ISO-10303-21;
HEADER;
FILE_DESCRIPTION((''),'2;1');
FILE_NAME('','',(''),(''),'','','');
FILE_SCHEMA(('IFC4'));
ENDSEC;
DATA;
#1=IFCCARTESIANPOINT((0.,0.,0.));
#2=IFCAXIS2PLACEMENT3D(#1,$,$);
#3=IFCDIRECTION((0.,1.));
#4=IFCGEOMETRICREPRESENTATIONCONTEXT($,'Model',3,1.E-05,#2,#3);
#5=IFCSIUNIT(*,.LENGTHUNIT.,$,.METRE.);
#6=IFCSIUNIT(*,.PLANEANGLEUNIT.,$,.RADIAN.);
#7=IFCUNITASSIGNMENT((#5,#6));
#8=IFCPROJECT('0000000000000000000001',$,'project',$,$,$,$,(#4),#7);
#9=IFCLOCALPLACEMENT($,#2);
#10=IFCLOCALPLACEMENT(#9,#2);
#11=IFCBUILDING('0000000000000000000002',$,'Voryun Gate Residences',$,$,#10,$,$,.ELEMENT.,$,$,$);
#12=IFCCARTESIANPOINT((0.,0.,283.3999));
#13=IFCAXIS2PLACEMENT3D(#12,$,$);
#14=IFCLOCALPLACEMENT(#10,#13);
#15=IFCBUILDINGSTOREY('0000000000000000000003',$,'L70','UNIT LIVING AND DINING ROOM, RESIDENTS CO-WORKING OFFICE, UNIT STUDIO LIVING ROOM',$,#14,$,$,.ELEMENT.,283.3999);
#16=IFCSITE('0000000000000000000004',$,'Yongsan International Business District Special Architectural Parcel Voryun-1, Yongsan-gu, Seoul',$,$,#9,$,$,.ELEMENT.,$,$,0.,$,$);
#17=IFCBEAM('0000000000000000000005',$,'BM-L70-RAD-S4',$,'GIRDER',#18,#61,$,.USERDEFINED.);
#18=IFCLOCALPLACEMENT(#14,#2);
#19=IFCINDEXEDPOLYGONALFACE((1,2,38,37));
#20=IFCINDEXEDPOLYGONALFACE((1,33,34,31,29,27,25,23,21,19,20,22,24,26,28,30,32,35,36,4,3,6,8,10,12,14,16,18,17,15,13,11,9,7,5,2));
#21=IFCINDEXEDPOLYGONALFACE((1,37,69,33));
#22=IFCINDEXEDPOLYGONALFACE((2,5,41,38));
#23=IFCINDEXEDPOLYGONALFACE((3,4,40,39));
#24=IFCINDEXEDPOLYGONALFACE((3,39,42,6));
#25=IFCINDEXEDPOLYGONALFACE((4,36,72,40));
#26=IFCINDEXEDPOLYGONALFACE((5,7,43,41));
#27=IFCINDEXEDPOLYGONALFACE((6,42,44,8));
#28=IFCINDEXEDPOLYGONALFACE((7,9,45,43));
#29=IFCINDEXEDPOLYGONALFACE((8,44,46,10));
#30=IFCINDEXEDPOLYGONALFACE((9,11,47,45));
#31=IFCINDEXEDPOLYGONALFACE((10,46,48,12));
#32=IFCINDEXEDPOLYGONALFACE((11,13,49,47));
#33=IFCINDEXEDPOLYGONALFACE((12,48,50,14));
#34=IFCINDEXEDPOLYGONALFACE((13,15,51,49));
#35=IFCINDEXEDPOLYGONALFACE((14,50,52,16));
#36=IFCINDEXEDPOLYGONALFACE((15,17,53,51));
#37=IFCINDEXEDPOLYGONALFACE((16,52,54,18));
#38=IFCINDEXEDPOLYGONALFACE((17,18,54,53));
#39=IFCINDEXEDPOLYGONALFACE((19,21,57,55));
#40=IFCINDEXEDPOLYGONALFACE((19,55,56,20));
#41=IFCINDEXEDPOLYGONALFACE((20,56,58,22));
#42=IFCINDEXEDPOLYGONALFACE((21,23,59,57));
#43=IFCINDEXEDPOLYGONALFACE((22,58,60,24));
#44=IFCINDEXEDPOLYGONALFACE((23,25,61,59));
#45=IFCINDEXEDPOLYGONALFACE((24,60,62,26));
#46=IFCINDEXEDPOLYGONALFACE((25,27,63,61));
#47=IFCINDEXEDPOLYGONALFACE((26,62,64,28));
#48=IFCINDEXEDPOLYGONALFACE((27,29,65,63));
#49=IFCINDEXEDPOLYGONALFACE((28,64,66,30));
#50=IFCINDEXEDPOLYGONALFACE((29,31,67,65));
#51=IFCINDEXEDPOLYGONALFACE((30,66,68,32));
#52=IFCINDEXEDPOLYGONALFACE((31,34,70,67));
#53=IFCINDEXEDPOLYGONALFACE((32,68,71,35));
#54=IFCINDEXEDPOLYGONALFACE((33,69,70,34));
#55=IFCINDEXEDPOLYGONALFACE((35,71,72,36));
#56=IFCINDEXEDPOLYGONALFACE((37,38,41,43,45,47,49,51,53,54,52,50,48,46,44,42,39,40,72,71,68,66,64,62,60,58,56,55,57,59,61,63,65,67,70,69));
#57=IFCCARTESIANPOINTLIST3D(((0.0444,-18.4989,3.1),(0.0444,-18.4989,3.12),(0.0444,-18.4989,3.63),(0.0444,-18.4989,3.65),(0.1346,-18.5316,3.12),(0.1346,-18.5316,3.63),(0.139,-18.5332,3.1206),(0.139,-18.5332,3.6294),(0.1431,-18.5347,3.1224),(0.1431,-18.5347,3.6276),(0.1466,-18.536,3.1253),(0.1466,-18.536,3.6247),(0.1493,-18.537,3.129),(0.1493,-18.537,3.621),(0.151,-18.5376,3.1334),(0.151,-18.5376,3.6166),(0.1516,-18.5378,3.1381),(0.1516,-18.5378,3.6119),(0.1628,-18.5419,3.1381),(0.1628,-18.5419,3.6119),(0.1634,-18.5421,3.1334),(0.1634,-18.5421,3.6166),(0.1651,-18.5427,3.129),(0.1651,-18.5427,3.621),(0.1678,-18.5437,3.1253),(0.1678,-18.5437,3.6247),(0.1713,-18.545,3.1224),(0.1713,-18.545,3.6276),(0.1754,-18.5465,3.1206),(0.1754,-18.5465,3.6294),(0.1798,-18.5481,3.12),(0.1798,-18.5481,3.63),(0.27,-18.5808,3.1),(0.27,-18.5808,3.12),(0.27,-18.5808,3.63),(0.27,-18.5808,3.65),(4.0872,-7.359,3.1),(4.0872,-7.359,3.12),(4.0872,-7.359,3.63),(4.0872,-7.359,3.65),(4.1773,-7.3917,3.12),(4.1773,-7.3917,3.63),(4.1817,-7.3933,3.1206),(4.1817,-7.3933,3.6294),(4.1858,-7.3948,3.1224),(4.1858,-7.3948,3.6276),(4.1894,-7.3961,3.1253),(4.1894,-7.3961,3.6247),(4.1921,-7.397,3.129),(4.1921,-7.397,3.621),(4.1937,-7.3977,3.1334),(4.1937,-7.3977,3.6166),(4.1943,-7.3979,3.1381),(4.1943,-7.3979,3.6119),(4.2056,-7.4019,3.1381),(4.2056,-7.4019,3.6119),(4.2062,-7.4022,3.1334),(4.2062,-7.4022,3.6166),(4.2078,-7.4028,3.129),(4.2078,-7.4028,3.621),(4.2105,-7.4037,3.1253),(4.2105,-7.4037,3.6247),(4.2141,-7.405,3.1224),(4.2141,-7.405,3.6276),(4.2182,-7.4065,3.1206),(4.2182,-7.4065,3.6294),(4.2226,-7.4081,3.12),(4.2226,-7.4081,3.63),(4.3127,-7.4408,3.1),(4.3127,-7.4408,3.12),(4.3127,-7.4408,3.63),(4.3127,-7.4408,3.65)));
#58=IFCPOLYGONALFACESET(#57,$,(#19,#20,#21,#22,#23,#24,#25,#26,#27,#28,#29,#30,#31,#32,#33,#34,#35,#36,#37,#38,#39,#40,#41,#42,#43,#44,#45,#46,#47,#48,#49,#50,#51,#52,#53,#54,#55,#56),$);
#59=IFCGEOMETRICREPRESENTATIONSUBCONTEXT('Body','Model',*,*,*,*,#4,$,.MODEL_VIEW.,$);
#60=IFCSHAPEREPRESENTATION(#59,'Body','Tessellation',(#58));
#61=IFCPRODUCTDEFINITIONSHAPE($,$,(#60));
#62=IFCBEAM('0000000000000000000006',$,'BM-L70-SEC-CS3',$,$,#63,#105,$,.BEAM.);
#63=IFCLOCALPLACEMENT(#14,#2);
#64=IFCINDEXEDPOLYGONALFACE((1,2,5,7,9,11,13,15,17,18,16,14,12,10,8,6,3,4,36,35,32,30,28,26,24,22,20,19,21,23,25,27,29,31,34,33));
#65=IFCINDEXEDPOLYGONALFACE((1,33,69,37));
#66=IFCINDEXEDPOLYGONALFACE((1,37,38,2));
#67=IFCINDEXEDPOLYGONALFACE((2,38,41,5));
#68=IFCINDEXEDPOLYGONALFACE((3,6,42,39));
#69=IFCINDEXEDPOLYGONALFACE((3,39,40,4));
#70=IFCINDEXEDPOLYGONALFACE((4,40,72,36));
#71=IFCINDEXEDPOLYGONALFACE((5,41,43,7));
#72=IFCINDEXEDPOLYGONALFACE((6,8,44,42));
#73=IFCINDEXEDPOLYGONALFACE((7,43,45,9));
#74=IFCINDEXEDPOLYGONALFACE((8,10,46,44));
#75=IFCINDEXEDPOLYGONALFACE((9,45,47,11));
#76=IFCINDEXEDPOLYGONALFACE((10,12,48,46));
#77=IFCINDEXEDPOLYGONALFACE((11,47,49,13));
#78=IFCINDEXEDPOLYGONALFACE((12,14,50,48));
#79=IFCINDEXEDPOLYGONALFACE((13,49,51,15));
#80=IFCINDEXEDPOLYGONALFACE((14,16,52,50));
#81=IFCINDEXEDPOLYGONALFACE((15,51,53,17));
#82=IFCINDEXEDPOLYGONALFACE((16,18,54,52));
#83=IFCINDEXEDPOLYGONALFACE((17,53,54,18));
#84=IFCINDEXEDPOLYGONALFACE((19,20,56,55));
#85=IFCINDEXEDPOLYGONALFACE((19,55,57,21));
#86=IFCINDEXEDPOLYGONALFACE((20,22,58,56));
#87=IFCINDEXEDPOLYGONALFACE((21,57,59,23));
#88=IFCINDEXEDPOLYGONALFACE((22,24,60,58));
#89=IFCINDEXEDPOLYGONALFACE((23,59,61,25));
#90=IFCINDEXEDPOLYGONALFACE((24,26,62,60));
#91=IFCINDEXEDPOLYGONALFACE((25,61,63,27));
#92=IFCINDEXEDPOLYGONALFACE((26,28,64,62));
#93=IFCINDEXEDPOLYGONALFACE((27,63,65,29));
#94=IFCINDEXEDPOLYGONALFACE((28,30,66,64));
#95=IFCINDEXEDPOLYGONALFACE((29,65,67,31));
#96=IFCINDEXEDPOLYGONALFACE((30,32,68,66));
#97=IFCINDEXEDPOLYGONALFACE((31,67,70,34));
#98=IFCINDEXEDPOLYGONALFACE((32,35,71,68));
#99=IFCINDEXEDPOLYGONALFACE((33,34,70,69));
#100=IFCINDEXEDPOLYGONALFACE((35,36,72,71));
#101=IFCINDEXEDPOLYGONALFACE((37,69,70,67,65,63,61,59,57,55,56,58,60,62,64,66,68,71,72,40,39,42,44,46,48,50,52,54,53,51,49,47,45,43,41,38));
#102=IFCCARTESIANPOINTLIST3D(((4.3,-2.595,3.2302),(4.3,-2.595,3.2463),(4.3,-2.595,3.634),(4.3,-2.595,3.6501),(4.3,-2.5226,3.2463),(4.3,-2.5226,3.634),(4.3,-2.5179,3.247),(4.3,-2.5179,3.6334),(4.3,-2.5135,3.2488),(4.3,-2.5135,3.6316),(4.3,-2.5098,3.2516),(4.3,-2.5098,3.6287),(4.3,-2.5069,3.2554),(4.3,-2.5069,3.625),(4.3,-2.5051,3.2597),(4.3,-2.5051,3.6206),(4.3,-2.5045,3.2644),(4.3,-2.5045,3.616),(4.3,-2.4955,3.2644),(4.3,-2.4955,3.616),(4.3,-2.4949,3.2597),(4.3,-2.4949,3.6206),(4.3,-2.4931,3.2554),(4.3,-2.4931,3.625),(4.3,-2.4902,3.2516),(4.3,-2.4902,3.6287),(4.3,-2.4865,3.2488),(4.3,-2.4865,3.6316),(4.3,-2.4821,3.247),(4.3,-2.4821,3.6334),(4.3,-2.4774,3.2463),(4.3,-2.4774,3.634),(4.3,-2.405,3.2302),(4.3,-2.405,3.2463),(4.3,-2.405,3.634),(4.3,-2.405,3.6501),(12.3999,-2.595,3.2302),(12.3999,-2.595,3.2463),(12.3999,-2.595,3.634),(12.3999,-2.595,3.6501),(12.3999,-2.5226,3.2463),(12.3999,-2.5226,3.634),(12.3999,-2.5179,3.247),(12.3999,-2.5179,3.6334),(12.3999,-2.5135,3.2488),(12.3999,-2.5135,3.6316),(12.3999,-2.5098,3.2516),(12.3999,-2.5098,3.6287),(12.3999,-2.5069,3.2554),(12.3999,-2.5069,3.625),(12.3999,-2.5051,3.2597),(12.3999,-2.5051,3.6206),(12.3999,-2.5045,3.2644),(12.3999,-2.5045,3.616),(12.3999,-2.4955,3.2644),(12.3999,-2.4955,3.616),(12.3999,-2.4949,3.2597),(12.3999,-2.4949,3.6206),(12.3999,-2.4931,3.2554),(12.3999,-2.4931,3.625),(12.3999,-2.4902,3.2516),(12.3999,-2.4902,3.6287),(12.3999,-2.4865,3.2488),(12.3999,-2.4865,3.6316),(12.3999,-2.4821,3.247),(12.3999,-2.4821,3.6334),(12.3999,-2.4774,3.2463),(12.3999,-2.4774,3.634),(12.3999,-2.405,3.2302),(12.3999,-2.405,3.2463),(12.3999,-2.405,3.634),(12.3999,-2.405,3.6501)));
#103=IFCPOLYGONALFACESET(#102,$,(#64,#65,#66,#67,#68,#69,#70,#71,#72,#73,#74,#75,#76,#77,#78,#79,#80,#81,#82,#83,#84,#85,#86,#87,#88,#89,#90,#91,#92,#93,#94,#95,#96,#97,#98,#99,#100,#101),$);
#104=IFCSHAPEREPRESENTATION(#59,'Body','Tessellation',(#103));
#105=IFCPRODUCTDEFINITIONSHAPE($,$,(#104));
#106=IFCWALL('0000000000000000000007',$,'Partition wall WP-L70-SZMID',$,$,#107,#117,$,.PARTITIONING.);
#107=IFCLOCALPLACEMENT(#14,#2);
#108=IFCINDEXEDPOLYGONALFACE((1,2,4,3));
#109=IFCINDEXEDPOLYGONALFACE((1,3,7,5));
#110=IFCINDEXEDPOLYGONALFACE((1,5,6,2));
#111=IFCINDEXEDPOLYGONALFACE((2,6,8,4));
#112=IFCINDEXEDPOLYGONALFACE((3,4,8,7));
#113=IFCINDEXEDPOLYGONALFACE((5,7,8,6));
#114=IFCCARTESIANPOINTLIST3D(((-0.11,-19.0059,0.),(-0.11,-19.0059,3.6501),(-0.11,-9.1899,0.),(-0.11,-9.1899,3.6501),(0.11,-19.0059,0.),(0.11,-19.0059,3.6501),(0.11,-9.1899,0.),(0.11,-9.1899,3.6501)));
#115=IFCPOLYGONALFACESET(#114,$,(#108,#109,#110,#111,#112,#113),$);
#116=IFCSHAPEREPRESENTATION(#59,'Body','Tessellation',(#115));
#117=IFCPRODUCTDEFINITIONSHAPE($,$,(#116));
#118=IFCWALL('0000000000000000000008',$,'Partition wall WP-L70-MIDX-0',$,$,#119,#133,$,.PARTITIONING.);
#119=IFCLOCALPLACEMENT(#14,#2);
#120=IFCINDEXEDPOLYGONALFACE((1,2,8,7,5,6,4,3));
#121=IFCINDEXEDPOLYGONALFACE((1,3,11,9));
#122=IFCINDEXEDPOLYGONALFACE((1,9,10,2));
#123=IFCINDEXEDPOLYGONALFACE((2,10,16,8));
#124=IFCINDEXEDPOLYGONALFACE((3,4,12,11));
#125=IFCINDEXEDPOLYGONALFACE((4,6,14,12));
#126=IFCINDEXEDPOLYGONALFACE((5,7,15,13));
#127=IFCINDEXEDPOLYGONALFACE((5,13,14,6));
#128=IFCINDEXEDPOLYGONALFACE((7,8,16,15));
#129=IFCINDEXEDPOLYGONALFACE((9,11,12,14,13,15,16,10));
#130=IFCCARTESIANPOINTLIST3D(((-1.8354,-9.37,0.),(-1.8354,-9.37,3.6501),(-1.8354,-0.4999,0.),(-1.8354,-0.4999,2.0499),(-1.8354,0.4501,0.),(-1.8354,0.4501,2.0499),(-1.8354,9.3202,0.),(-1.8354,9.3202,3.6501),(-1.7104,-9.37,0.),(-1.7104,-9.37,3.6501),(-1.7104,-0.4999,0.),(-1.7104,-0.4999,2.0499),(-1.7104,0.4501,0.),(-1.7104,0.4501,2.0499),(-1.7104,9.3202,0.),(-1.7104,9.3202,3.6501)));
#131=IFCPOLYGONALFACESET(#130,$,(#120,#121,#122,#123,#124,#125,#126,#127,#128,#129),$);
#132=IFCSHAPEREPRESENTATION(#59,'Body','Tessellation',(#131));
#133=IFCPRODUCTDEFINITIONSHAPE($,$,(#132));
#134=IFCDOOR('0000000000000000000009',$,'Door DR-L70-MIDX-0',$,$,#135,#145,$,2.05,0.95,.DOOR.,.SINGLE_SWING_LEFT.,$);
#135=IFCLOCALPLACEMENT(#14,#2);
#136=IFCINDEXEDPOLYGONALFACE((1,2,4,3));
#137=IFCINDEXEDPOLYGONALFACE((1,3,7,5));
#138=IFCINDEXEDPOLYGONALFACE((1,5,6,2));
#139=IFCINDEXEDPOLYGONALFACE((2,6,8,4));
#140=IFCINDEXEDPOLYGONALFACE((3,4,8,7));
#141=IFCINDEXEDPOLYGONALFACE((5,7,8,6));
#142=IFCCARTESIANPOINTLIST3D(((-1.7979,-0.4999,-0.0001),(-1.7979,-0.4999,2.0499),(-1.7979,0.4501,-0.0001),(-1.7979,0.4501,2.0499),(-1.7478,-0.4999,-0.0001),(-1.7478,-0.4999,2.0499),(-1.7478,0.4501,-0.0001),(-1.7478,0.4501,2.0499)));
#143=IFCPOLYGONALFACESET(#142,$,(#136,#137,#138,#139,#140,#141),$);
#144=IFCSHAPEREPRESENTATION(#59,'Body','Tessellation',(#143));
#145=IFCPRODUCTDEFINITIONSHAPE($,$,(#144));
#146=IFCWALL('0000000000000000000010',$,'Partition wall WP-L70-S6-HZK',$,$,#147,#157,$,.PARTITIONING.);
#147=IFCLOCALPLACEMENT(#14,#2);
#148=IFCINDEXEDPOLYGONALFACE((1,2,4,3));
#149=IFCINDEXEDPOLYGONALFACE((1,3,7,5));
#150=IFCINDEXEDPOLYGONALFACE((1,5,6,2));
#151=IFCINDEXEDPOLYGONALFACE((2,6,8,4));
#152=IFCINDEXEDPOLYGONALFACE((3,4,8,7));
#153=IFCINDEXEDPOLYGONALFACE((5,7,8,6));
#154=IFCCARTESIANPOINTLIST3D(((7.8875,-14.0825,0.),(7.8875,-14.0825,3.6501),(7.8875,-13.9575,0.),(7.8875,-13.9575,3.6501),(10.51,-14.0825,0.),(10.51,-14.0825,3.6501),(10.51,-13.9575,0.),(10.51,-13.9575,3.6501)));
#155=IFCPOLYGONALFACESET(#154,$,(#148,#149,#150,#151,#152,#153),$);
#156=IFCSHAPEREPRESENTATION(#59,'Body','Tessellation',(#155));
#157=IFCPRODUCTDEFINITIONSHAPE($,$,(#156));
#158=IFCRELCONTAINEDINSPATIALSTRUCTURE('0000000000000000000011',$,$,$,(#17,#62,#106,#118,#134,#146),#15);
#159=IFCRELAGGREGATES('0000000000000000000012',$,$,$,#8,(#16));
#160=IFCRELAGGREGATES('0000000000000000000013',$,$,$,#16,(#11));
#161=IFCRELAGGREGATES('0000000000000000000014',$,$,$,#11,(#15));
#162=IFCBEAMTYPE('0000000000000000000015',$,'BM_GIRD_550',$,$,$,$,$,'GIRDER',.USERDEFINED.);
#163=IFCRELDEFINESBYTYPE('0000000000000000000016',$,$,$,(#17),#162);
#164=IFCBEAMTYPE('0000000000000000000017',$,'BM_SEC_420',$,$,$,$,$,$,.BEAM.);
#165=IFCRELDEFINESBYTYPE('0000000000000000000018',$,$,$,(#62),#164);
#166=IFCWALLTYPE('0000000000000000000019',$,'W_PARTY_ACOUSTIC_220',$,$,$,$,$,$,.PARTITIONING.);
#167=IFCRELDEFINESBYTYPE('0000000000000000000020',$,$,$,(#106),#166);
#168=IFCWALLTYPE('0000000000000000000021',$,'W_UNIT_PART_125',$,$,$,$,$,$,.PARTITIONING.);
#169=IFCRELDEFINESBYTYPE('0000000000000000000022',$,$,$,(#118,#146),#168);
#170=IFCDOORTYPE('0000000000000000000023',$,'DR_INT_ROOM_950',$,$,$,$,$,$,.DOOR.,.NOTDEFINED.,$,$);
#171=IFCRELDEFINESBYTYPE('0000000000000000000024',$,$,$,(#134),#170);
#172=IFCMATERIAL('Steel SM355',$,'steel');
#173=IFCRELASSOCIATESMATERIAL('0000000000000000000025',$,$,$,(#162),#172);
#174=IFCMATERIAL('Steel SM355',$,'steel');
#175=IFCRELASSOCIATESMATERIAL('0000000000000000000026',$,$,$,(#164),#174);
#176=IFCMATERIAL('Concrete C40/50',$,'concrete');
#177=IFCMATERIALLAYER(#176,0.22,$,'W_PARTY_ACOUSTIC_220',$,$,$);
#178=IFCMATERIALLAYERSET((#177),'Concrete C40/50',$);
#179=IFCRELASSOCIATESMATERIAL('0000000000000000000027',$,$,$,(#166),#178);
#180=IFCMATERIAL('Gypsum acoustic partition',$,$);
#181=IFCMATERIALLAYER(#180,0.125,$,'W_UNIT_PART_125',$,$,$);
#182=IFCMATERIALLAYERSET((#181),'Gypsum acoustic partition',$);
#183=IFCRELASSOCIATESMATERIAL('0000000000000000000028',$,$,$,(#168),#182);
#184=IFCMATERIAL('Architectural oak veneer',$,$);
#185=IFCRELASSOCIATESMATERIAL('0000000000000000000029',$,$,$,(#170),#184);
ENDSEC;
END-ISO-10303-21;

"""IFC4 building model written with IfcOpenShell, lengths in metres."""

from ifc_helpers import new_model, si_unit, direction, frame, frame_2d, origin, origin_2d, place, context, subcontext, project, spatial, rectangle, i_section, extrude, material, layer, layer_set, material_profile, profile_set, type_object, element, fill, save


model = new_model("IFC4")

# Units and contexts
model_context = context("Model", 3, precision=1e-05, world=origin(), true_north=direction((0.0, 1.0)))
body_context = subcontext(model_context, "Body", "Model", "MODEL_VIEW")
ifc_project = project(units=[si_unit("LENGTHUNIT", "METRE"), si_unit("PLANEANGLEUNIT", "RADIAN")], contexts=[model_context])

# Site, building, storey
site_placement = place(None, origin())
site = spatial("IfcSite", under=ifc_project, at=site_placement, Name="Yongsan International Business District Special Architectural Parcel Voryun-1, Yongsan-gu, Seoul", CompositionType="ELEMENT", RefElevation=0.0)
building_placement = place(site_placement, origin())
building = spatial("IfcBuilding", under=site, at=building_placement, Name="Voryun Gate Residences", CompositionType="ELEMENT")
storey_placement = place(building_placement, frame((0.0, 0.0, 283.3999)))
storey = spatial("IfcBuildingStorey", under=building, at=storey_placement, Name="L70", Description="UNIT LIVING AND DINING ROOM, RESIDENTS CO-WORKING OFFICE, UNIT STUDIO LIVING ROOM", CompositionType="ELEMENT", Elevation=283.3999)

# Beams
ifc_material_1 = material(Name="Steel SM355", Category="steel")
ifc_material_profile_1 = material_profile(ifc_material_1, i_section(OverallWidth=0.24, OverallDepth=0.55, WebThickness=0.012, FlangeThickness=0.02, FilletRadius=0.0181, at=origin_2d()), Name="H-550x240x12x20")
ifc_profile_set_1 = profile_set([ifc_material_profile_1], Name="Steel SM355")
beam_type_1 = type_object("IfcBeamType", Name="BM_GIRD_550", ElementType="GIRDER", PredefinedType="USERDEFINED", material=ifc_profile_set_1)
beam_1_placement = place(storey_placement, frame((4.2, -7.3999, 3.375), z_axis=(-0.341136, -0.940014, 0.0), x_axis=(0.940014, -0.341136, 0.0)))
element("IfcBeam", 1, at=beam_1_placement, inside=storey, type_object=beam_type_1, Name="BM-L70-RAD-S4", ObjectType="GIRDER", PredefinedType="USERDEFINED", context=body_context, shape_type="SweptSolid", body=[
    extrude(i_section(OverallWidth=0.24, OverallDepth=0.55, WebThickness=0.012, FlangeThickness=0.02, FilletRadius=0.0181, at=origin_2d()), origin(), (0.0, 0.0, 1.0), 11.8508),
])
ifc_material_2 = material(Name="Steel SM355", Category="steel")
ifc_material_profile_2 = material_profile(ifc_material_2, i_section(OverallWidth=0.1899, OverallDepth=0.4199, WebThickness=0.009, FlangeThickness=0.0161, FilletRadius=0.0181, at=origin_2d()), Name="H-420x190x9x16")
ifc_profile_set_2 = profile_set([ifc_material_profile_2], Name="Steel SM355")
beam_type_2 = type_object("IfcBeamType", Name="BM_SEC_420", PredefinedType="BEAM", material=ifc_profile_set_2)
beam_2_placement = place(storey_placement, frame((4.3, -2.5, 3.4402), z_axis=(1.0, 0.0, 0.0), x_axis=(0.0, 1.0, 0.0)))
element("IfcBeam", 2, at=beam_2_placement, inside=storey, type_object=beam_type_2, Name="BM-L70-SEC-CS3", PredefinedType="BEAM", context=body_context, shape_type="SweptSolid", body=[
    extrude(i_section(OverallWidth=0.1899, OverallDepth=0.4199, WebThickness=0.009, FlangeThickness=0.0161, FilletRadius=0.0181, at=origin_2d()), origin(), (0.0, 0.0, 1.0), 8.0999),
])

# Wall
ifc_material_3 = material(Name="Concrete C40/50", Category="concrete")
ifc_layer_1 = layer(ifc_material_3, 0.22, Name="W_PARTY_ACOUSTIC_220")
ifc_layer_set_1 = layer_set([ifc_layer_1], Name="Concrete C40/50")
wall_type_1 = type_object("IfcWallType", Name="W_PARTY_ACOUSTIC_220", PredefinedType="PARTITIONING", material=ifc_layer_set_1)
wall_1_placement = place(storey_placement, frame((0.0, -19.0059, 0.0), z_axis=(0.0, 0.0, 1.0), x_axis=(0.0, 1.0, 0.0)))
element("IfcWall", 3, at=wall_1_placement, inside=storey, type_object=wall_type_1, Name="Partition wall WP-L70-SZMID", PredefinedType="PARTITIONING", context=body_context, shape_type="SweptSolid", body=[
    extrude(rectangle(XDim=9.8159, YDim=0.22, at=frame_2d((4.908, 0.0))), origin(), (0.0, 0.0, 1.0), 3.6501),
])

# Wall, opening, door
ifc_material_4 = material(Name="Gypsum acoustic partition")
ifc_layer_2 = layer(ifc_material_4, 0.125, Name="W_UNIT_PART_125")
ifc_layer_set_2 = layer_set([ifc_layer_2], Name="Gypsum acoustic partition")
wall_type_2 = type_object("IfcWallType", Name="W_UNIT_PART_125", PredefinedType="PARTITIONING", material=ifc_layer_set_2)
wall_2_placement = place(storey_placement, frame((-1.7729, -9.3701, 0.0), z_axis=(0.0, 0.0, 1.0), x_axis=(0.0, 1.0, 0.0)))
wall_2 = element("IfcWall", 4, at=wall_2_placement, inside=storey, type_object=wall_type_2, Name="Partition wall WP-L70-MIDX-0", PredefinedType="PARTITIONING", context=body_context, shape_type="SweptSolid", body=[
    extrude(rectangle(XDim=18.6902, YDim=0.125, at=frame_2d((9.3452, 0.0))), origin(), (0.0, 0.0, 1.0), 3.6501),
])
opening_1_placement = place(wall_2_placement, frame((8.8701, 0.0, 0.0)))
opening_1 = element("IfcOpeningElement", 5, at=opening_1_placement, cuts=wall_2, PredefinedType="OPENING", context=body_context, shape_type="SweptSolid", body=[
    extrude(rectangle(XDim=0.95, YDim=2.05, at=frame_2d((0.4751, 1.0249))), frame((0.0, 0.0725, 0.0), z_axis=(0.0, -1.0, 0.0), x_axis=(1.0, 0.0, 0.0)), (0.0, 0.0, 1.0), 0.145),
])
ifc_material_5 = material(Name="Architectural oak veneer")
door_type_1 = type_object("IfcDoorType", Name="DR_INT_ROOM_950", OperationType="NOTDEFINED", PredefinedType="DOOR", material=ifc_material_5)
door_1_placement = place(opening_1_placement, origin())
door_1 = element("IfcDoor", 6, at=door_1_placement, inside=storey, type_object=door_type_1, Name="Door DR-L70-MIDX-0", OperationType="SINGLE_SWING_LEFT", OverallHeight=2.05, OverallWidth=0.95, PredefinedType="DOOR", context=body_context, shape_type="SweptSolid", body=[
    extrude(rectangle(XDim=0.95, YDim=2.05, at=frame_2d((0.4751, 1.0249))), frame((0.0, 0.0249, 0.0), z_axis=(0.0, -1.0, 0.0), x_axis=(1.0, 0.0, 0.0)), (0.0, 0.0, 1.0), 0.05),
])
fill(opening_1, door_1)

# Wall
wall_3_placement = place(storey_placement, frame((7.8875, -14.02, 0.0), z_axis=(0.0, 0.0, 1.0), x_axis=(1.0, 0.0, 0.0)))
element("IfcWall", 7, at=wall_3_placement, inside=storey, type_object=wall_type_2, Name="Partition wall WP-L70-S6-HZK", PredefinedType="PARTITIONING", context=body_context, shape_type="SweptSolid", body=[
    extrude(rectangle(XDim=2.6226, YDim=0.125, at=frame_2d((1.3113, 0.0))), origin(), (0.0, 0.0, 1.0), 3.6501),
])

save(model, "model.ifc")
